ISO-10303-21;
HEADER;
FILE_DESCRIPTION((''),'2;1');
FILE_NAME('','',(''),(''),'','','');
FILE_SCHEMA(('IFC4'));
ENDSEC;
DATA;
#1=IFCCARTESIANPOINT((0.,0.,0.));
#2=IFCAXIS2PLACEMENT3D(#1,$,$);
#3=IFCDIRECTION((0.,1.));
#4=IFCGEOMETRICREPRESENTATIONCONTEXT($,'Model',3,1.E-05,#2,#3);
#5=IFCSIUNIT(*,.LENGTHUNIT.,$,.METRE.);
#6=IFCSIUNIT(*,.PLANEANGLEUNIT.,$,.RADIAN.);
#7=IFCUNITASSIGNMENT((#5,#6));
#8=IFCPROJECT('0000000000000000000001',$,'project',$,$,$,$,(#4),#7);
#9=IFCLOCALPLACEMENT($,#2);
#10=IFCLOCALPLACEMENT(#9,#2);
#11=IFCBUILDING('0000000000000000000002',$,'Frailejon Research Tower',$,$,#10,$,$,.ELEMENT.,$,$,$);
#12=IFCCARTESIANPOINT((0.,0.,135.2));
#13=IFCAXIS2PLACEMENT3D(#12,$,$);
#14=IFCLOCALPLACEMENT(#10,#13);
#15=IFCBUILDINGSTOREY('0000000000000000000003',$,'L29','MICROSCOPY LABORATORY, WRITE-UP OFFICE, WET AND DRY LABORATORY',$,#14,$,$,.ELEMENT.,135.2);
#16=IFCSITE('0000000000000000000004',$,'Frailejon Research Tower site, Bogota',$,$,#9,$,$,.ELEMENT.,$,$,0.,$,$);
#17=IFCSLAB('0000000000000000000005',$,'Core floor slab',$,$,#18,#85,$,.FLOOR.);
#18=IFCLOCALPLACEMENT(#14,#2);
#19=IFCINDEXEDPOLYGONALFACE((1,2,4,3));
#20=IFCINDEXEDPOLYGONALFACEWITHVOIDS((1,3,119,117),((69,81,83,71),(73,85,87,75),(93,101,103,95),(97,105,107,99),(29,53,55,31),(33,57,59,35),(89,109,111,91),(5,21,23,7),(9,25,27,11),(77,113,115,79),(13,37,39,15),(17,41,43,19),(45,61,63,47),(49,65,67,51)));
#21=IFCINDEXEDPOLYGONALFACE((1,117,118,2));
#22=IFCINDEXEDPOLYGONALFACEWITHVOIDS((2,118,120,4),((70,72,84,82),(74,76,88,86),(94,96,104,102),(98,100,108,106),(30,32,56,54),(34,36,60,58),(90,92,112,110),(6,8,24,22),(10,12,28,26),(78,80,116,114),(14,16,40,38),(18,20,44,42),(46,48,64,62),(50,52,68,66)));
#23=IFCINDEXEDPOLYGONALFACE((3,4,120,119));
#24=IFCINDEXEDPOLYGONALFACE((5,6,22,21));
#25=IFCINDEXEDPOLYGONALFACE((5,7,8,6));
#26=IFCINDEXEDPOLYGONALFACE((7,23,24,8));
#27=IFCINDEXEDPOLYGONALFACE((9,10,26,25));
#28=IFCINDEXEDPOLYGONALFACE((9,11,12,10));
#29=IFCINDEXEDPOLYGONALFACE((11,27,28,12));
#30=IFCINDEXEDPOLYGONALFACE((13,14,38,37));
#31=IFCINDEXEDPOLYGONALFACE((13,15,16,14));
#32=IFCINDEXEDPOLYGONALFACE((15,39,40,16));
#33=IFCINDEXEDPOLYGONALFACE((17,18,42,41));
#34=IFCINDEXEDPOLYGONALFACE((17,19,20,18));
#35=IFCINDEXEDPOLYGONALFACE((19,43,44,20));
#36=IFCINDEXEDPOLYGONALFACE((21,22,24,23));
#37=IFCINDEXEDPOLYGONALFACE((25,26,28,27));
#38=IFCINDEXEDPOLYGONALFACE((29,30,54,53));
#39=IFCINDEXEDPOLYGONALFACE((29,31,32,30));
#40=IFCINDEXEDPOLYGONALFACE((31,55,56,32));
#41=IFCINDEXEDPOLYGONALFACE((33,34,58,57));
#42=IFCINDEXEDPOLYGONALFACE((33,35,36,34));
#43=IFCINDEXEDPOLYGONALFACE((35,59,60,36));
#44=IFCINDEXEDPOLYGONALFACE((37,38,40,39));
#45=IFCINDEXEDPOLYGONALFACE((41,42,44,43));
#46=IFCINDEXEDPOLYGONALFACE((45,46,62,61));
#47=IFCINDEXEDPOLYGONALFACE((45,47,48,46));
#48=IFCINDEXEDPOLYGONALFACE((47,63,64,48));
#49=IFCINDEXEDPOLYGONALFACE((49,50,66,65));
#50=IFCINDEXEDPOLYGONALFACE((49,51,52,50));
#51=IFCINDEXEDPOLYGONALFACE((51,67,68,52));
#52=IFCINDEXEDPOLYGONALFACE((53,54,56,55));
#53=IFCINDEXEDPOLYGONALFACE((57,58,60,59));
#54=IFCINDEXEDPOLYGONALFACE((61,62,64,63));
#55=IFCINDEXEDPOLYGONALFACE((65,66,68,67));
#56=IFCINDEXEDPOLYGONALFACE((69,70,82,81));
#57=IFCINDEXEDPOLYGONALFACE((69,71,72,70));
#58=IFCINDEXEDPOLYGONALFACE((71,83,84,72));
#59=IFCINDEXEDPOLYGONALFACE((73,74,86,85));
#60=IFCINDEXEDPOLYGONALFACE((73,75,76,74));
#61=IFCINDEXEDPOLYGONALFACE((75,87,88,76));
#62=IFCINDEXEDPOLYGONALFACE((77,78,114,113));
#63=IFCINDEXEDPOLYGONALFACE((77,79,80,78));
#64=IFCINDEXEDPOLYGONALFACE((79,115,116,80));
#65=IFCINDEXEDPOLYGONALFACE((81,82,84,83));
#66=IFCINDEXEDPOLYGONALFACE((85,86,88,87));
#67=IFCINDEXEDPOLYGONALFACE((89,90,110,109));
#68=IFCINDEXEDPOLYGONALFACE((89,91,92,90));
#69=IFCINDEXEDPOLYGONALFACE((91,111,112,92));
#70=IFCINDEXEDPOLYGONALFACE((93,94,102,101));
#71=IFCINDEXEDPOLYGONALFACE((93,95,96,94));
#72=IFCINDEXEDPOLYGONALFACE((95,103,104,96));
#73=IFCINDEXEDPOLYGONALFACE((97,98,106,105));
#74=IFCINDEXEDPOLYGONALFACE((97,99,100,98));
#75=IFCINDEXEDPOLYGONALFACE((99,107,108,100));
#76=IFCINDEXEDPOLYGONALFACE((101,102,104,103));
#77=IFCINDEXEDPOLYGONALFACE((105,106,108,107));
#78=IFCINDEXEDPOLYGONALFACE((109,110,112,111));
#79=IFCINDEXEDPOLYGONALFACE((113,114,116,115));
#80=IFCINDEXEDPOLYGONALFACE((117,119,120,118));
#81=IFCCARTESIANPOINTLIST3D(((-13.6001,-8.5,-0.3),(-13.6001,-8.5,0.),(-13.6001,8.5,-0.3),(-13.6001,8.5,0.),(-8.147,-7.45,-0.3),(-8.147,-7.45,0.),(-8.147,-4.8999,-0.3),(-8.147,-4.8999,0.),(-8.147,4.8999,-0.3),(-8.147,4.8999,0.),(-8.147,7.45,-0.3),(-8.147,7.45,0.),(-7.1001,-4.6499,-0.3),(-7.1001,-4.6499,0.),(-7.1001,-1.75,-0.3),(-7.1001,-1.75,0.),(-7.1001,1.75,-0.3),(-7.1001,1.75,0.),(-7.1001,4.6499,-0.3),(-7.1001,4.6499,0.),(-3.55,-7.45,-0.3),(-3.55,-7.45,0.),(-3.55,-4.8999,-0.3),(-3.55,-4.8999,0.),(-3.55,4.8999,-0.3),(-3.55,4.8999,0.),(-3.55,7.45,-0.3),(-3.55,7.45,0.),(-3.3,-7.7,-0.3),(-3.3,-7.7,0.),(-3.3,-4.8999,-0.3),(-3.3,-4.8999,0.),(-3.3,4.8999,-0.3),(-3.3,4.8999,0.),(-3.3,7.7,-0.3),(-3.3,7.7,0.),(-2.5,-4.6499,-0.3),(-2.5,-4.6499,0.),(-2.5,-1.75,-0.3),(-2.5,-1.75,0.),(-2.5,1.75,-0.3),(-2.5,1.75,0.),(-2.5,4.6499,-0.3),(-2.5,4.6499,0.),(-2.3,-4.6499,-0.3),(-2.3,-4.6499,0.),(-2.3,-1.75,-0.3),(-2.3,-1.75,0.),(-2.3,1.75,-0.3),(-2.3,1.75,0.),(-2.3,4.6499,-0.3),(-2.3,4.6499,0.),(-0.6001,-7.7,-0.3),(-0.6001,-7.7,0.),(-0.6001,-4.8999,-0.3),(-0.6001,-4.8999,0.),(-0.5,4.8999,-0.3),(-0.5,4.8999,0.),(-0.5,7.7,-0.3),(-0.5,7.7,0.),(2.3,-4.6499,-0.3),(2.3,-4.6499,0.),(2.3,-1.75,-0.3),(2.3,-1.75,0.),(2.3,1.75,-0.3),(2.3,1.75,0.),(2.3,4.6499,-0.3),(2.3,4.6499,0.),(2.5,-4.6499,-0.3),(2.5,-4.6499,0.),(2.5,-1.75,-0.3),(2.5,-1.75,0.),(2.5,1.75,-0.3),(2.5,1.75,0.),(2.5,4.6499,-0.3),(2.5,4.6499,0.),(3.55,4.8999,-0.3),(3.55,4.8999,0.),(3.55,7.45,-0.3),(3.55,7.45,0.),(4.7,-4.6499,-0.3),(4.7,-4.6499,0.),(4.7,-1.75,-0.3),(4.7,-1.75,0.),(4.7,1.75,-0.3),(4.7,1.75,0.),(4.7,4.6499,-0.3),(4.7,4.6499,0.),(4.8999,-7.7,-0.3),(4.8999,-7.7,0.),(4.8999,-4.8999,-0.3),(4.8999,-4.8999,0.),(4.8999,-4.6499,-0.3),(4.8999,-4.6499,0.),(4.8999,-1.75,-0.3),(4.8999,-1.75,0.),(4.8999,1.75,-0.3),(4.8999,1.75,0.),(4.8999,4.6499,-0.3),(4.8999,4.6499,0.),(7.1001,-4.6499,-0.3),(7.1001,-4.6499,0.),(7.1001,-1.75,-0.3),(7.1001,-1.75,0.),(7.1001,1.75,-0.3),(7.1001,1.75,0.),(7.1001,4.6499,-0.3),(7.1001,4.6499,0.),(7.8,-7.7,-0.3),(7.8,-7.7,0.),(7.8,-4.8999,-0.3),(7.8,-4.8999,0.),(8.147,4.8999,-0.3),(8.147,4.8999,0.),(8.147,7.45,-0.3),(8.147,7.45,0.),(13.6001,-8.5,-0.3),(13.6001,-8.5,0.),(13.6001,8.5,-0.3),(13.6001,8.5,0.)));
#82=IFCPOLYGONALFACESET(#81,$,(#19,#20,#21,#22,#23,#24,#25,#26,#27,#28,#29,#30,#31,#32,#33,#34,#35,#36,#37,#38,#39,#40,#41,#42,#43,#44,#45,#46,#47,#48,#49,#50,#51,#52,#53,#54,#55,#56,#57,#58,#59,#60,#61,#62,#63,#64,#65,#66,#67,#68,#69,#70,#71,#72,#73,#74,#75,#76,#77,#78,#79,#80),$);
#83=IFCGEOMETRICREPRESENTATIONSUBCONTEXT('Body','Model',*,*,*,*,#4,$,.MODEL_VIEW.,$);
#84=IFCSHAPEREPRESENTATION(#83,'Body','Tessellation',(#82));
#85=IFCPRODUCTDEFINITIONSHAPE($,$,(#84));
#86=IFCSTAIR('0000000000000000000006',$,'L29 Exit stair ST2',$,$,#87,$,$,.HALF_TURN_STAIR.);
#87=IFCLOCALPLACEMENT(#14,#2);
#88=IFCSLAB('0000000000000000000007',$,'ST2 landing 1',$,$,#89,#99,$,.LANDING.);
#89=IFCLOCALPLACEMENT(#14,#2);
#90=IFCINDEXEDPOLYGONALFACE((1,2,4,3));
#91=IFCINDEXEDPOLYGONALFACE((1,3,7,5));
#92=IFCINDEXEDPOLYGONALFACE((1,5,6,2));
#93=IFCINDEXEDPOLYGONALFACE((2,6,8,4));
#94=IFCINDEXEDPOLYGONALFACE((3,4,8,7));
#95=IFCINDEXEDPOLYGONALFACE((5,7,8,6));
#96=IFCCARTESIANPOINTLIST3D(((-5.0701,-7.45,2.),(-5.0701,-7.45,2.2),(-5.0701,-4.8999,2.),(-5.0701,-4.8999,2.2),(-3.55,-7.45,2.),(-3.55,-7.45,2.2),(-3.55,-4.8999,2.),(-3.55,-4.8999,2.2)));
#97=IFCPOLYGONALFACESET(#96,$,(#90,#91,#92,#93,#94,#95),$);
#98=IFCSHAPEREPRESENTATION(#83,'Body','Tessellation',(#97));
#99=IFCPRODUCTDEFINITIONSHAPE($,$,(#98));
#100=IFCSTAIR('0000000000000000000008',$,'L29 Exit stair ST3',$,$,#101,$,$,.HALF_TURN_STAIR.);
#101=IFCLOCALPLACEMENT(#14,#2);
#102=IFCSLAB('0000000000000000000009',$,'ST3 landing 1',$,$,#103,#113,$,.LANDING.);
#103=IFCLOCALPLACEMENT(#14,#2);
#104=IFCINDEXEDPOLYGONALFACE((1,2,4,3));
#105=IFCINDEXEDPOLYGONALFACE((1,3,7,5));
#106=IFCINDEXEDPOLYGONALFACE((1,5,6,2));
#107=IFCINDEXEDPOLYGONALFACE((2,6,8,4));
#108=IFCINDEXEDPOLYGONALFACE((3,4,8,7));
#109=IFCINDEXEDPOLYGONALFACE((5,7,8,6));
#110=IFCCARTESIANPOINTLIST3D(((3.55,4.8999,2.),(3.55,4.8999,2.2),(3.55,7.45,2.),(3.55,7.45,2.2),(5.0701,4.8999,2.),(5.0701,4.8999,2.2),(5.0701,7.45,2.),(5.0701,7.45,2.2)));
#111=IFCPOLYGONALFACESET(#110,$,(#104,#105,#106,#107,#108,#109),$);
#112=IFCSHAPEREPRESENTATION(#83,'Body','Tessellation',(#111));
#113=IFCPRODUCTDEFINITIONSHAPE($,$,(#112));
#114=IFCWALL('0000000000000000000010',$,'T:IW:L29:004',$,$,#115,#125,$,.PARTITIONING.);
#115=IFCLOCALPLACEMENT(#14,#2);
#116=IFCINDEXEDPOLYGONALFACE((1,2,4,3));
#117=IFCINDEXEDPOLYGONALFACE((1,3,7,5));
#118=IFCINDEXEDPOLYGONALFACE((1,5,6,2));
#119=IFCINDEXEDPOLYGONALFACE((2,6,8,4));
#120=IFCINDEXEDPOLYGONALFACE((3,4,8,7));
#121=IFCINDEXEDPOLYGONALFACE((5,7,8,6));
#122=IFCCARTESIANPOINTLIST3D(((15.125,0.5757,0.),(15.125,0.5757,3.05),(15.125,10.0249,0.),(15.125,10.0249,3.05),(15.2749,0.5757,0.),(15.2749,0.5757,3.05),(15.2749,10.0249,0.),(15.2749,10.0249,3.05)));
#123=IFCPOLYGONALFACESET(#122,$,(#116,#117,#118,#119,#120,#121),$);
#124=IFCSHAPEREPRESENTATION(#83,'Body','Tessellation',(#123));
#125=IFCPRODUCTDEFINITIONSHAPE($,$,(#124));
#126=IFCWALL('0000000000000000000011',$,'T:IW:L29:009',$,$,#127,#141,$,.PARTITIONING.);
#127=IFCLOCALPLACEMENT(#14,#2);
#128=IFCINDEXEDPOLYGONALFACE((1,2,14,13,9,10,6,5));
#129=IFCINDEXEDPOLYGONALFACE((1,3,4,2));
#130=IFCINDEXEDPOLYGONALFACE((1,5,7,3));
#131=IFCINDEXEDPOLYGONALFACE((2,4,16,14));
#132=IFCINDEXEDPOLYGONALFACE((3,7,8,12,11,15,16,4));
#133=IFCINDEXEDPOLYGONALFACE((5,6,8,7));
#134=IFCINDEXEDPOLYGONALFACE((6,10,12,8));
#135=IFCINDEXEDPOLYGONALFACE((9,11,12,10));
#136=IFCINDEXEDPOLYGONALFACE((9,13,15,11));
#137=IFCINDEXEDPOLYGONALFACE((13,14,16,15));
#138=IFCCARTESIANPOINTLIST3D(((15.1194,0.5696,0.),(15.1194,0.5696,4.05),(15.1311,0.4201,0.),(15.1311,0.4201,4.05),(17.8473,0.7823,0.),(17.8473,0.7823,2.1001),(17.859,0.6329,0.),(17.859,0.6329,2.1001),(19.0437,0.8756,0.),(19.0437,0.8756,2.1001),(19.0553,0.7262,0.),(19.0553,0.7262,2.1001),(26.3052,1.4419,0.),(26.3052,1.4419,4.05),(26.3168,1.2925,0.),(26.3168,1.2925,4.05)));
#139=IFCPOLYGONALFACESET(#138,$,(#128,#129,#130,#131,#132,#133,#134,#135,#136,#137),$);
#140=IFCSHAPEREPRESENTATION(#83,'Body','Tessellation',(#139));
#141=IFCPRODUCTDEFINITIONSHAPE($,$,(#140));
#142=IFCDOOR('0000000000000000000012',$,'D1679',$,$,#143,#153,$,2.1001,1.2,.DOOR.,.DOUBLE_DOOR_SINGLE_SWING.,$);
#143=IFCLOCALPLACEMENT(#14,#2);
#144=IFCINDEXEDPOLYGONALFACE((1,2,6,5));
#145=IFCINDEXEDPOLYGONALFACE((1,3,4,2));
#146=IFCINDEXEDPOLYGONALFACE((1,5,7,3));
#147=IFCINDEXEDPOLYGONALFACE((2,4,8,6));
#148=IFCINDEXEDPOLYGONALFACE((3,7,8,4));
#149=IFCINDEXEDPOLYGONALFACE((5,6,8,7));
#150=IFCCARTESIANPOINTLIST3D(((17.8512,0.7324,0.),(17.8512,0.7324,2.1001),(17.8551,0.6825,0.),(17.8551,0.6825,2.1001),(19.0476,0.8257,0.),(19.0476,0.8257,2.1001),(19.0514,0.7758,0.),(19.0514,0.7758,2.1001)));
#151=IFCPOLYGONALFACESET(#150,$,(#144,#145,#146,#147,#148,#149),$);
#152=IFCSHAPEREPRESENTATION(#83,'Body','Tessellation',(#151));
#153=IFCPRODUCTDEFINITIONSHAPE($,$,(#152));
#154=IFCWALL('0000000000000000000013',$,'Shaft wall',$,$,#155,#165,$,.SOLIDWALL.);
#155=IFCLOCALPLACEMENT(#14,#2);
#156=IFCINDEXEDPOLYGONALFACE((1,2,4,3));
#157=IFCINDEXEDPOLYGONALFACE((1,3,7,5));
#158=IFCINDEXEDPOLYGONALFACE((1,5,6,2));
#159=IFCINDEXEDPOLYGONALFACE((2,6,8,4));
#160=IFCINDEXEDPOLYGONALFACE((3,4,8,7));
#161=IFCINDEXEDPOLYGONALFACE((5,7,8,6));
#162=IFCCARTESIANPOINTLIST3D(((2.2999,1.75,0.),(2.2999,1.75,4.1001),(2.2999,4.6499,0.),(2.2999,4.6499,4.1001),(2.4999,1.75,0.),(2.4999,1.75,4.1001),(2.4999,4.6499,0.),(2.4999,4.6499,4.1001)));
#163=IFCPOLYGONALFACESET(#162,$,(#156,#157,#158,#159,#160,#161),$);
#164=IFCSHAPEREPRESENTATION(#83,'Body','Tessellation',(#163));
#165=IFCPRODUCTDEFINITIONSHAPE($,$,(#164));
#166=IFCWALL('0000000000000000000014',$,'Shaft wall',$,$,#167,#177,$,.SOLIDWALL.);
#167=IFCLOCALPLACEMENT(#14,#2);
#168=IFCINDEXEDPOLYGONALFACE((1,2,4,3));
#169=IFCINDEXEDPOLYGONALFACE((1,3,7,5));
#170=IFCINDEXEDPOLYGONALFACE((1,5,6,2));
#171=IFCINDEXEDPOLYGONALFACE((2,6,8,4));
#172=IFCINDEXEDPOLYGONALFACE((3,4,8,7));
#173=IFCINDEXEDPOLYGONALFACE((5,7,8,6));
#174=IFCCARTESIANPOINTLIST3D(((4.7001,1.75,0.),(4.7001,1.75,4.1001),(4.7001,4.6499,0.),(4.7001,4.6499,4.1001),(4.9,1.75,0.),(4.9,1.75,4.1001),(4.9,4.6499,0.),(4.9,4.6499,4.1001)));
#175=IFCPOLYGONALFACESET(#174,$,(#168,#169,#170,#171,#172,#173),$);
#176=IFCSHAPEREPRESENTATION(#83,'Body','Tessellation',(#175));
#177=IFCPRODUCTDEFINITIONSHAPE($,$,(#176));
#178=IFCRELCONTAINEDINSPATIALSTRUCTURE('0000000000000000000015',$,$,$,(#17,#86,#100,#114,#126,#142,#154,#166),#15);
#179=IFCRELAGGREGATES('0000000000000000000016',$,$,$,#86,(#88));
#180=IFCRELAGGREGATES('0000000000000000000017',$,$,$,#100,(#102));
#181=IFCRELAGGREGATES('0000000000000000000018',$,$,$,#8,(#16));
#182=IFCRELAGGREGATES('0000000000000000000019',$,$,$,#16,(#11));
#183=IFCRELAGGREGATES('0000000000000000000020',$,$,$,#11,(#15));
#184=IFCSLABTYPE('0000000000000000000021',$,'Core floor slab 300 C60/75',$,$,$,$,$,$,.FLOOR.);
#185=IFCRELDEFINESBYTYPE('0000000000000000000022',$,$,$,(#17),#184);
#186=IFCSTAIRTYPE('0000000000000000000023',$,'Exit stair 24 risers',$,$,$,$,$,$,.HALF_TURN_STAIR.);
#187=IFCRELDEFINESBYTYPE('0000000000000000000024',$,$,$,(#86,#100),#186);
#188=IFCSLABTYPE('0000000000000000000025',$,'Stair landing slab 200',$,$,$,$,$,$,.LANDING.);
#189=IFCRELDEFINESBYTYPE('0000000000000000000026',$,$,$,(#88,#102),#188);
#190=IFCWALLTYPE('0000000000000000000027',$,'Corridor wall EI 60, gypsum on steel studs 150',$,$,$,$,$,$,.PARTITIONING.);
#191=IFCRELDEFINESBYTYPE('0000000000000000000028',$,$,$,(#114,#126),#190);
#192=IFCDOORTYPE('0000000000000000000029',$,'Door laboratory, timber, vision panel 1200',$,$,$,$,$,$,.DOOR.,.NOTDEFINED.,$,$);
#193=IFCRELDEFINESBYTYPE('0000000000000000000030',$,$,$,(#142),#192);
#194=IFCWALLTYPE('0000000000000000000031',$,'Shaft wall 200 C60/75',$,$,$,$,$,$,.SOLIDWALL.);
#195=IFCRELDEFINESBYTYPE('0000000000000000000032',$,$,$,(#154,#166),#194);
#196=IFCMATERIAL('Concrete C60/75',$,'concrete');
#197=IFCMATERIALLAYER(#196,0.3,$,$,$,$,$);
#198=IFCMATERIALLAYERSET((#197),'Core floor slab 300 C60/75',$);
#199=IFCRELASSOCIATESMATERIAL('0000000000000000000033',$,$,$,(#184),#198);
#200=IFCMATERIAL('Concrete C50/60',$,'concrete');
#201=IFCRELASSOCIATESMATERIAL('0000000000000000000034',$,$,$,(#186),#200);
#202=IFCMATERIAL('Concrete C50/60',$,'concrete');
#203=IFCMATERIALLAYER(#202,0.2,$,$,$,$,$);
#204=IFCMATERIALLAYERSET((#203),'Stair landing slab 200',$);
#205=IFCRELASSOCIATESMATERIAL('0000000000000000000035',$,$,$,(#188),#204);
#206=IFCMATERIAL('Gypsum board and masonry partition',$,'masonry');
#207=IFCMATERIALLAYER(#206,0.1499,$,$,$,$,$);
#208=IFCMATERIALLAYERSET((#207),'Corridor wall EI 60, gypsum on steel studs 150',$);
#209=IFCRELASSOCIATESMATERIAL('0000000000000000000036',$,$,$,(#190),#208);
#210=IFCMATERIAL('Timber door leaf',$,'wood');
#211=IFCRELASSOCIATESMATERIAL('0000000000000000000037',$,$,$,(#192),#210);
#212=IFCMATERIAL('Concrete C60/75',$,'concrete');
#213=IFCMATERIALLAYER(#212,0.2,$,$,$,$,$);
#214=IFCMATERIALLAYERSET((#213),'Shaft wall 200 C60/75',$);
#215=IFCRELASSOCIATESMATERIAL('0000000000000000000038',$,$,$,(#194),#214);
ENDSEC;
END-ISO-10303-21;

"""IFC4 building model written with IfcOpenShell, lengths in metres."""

from ifc_helpers import new_model, si_unit, direction, frame, frame_2d, origin, place, context, subcontext, project, spatial, polyline, rectangle, outline, extrude, material, layer, layer_set, type_object, element, fill, aggregate, save


model = new_model("IFC4")

# Units and contexts
model_context = context("Model", 3, precision=1e-05, world=origin(), true_north=direction((0.0, 1.0)))
body_context = subcontext(model_context, "Body", "Model", "MODEL_VIEW")
ifc_project = project(units=[si_unit("LENGTHUNIT", "METRE"), si_unit("PLANEANGLEUNIT", "RADIAN")], contexts=[model_context])

# Site, building, storey
site_placement = place(None, origin())
site = spatial("IfcSite", under=ifc_project, at=site_placement, Name="Frailejon Research Tower site, Bogota", CompositionType="ELEMENT", RefElevation=0.0)
building_placement = place(site_placement, origin())
building = spatial("IfcBuilding", under=site, at=building_placement, Name="Frailejon Research Tower", CompositionType="ELEMENT")
storey_placement = place(building_placement, frame((0.0, 0.0, 135.2)))
storey = spatial("IfcBuildingStorey", under=building, at=storey_placement, Name="L29", Description="MICROSCOPY LABORATORY, WRITE-UP OFFICE, WET AND DRY LABORATORY", CompositionType="ELEMENT", Elevation=135.2)

# Slab
ifc_material_1 = material(Name="Concrete C60/75", Category="concrete")
ifc_layer_1 = layer(ifc_material_1, 0.3)
ifc_layer_set_1 = layer_set([ifc_layer_1], Name="Core floor slab 300 C60/75")
slab_type_1 = type_object("IfcSlabType", Name="Core floor slab 300 C60/75", PredefinedType="FLOOR", material=ifc_layer_set_1)
slab_1_placement = place(storey_placement, frame((0.0, 0.0, -0.3)))
element("IfcSlab", 1, at=slab_1_placement, inside=storey, type_object=slab_type_1, Name="Core floor slab", PredefinedType="FLOOR", context=body_context, shape_type="SweptSolid", body=[
    extrude(outline(polyline([(13.6001, -8.5), (13.6001, 8.5), (-13.6001, 8.5), (-13.6001, -8.5), (13.6001, -8.5)]), holes=[polyline([(-2.5, 1.75), (-2.5, 4.6499), (-7.1001, 4.6499), (-7.1001, 1.75), (-2.5, 1.75)]), polyline([(2.3, 1.75), (2.3, 4.6499), (-2.3, 4.6499), (-2.3, 1.75), (2.3, 1.75)]), polyline([(4.7, 1.75), (4.7, 4.6499), (2.5, 4.6499), (2.5, 1.75), (4.7, 1.75)]), polyline([(7.1001, 1.75), (7.1001, 4.6499), (4.8999, 4.6499), (4.8999, 1.75), (7.1001, 1.75)]), polyline([(-2.5, -4.6499), (-2.5, -1.75), (-7.1001, -1.75), (-7.1001, -4.6499), (-2.5, -4.6499)]), polyline([(2.3, -4.6499), (2.3, -1.75), (-2.3, -1.75), (-2.3, -4.6499), (2.3, -4.6499)]), polyline([(4.7, -4.6499), (4.7, -1.75), (2.5, -1.75), (2.5, -4.6499), (4.7, -4.6499)]), polyline([(7.1001, -4.6499), (7.1001, -1.75), (4.8999, -1.75), (4.8999, -4.6499), (7.1001, -4.6499)]), polyline([(-8.147, 4.8999), (-3.55, 4.8999), (-3.55, 7.45), (-8.147, 7.45), (-8.147, 4.8999)]), polyline([(-8.147, -7.45), (-3.55, -7.45), (-3.55, -4.8999), (-8.147, -4.8999), (-8.147, -7.45)]), polyline([(8.147, 7.45), (3.55, 7.45), (3.55, 4.8999), (8.147, 4.8999), (8.147, 7.45)]), polyline([(-0.6001, -7.7), (-0.6001, -4.8999), (-3.3, -4.8999), (-3.3, -7.7), (-0.6001, -7.7)]), polyline([(7.8, -7.7), (7.8, -4.8999), (4.8999, -4.8999), (4.8999, -7.7), (7.8, -7.7)]), polyline([(-0.5, 4.8999), (-0.5, 7.7), (-3.3, 7.7), (-3.3, 4.8999), (-0.5, 4.8999)])]), origin(), (0.0, 0.0, 1.0), 0.3),
])

# Stairs, slabs
ifc_material_2 = material(Name="Concrete C50/60", Category="concrete")
stair_type = type_object("IfcStairType", Name="Exit stair 24 risers", PredefinedType="HALF_TURN_STAIR", material=ifc_material_2)
stair_1_placement = place(storey_placement, origin())
stair_1 = element("IfcStair", 2, at=stair_1_placement, inside=storey, type_object=stair_type, Name="L29 Exit stair ST2", PredefinedType="HALF_TURN_STAIR")
ifc_material_3 = material(Name="Concrete C50/60", Category="concrete")
ifc_layer_2 = layer(ifc_material_3, 0.2)
ifc_layer_set_2 = layer_set([ifc_layer_2], Name="Stair landing slab 200")
slab_type_2 = type_object("IfcSlabType", Name="Stair landing slab 200", PredefinedType="LANDING", material=ifc_layer_set_2)
slab_2_placement = place(storey_placement, frame((0.0, 0.0, 2.0)))
slab_2 = element("IfcSlab", 3, at=slab_2_placement, type_object=slab_type_2, Name="ST2 landing 1", PredefinedType="LANDING", context=body_context, shape_type="SweptSolid", body=[
    extrude(outline(polyline([(-5.0701, -7.45), (-3.55, -7.45), (-3.55, -4.8999), (-5.0701, -4.8999), (-5.0701, -7.45)])), origin(), (0.0, 0.0, 1.0), 0.2),
])
aggregate(stair_1, [slab_2])
stair_2_placement = place(storey_placement, origin())
stair_2 = element("IfcStair", 4, at=stair_2_placement, inside=storey, type_object=stair_type, Name="L29 Exit stair ST3", PredefinedType="HALF_TURN_STAIR")
slab_3_placement = place(storey_placement, frame((0.0, 0.0, 2.0)))
slab_3 = element("IfcSlab", 5, at=slab_3_placement, type_object=slab_type_2, Name="ST3 landing 1", PredefinedType="LANDING", context=body_context, shape_type="SweptSolid", body=[
    extrude(outline(polyline([(5.0701, 7.45), (3.55, 7.45), (3.55, 4.8999), (5.0701, 4.8999), (5.0701, 7.45)])), origin(), (0.0, 0.0, 1.0), 0.2),
])

# Wall
ifc_material_4 = material(Name="Gypsum board and masonry partition", Category="masonry")
ifc_layer_3 = layer(ifc_material_4, 0.1499)
ifc_layer_set_3 = layer_set([ifc_layer_3], Name="Corridor wall EI 60, gypsum on steel studs 150")
wall_type_1 = type_object("IfcWallType", Name="Corridor wall EI 60, gypsum on steel studs 150", PredefinedType="PARTITIONING", material=ifc_layer_set_3)
wall_1_placement = place(storey_placement, frame((15.2, 0.5757, 0.0), z_axis=(0.0, 0.0, 1.0), x_axis=(0.0, 1.0, 0.0)))
element("IfcWall", 6, at=wall_1_placement, inside=storey, type_object=wall_type_1, Name="T:IW:L29:004", PredefinedType="PARTITIONING", context=body_context, shape_type="SweptSolid", body=[
    extrude(rectangle(XDim=9.4492, YDim=0.1499, at=frame_2d((4.7246, 0.0))), origin(), (0.0, 0.0, 1.0), 3.05),
])

# Wall, opening, door
wall_2_placement = place(storey_placement, frame((15.1252, 0.4949, 0.0), z_axis=(0.0, 0.0, 1.0), x_axis=(0.996973, 0.077748, 0.0)))
wall_2 = element("IfcWall", 7, at=wall_2_placement, inside=storey, type_object=wall_type_1, Name="T:IW:L29:009", PredefinedType="PARTITIONING", context=body_context, shape_type="SweptSolid", body=[
    extrude(rectangle(XDim=11.2197, YDim=0.1499, at=frame_2d((5.6099, 0.0))), origin(), (0.0, 0.0, 1.0), 4.05),
])
opening_1_placement = place(wall_2_placement, frame((2.7361, 0.0, 0.0)))
opening_1 = element("IfcOpeningElement", 8, at=opening_1_placement, cuts=wall_2, PredefinedType="OPENING", context=body_context, shape_type="SweptSolid", body=[
    extrude(rectangle(XDim=1.2, YDim=2.1001, at=frame_2d((0.6001, 1.05))), frame((0.0, 0.085, 0.0), z_axis=(0.0, -1.0, 0.0), x_axis=(1.0, 0.0, 0.0)), (0.0, 0.0, 1.0), 0.1699),
])
ifc_material_5 = material(Name="Timber door leaf", Category="wood")
door_type_1 = type_object("IfcDoorType", Name="Door laboratory, timber, vision panel 1200", OperationType="NOTDEFINED", PredefinedType="DOOR", material=ifc_material_5)
door_1_placement = place(opening_1_placement, origin())
door_1 = element("IfcDoor", 9, at=door_1_placement, inside=storey, type_object=door_type_1, Name="D1679", OperationType="DOUBLE_DOOR_SINGLE_SWING", OverallHeight=2.1001, OverallWidth=1.2, PredefinedType="DOOR", context=body_context, shape_type="SweptSolid", body=[
    extrude(rectangle(XDim=1.2, YDim=2.1001, at=frame_2d((0.6001, 1.05))), frame((0.0, 0.0249, 0.0), z_axis=(0.0, -1.0, 0.0), x_axis=(1.0, 0.0, 0.0)), (0.0, 0.0, 1.0), 0.05),
])
fill(opening_1, door_1)

# Walls
ifc_material_6 = material(Name="Concrete C60/75", Category="concrete")
ifc_layer_4 = layer(ifc_material_6, 0.2)
ifc_layer_set_4 = layer_set([ifc_layer_4], Name="Shaft wall 200 C60/75")
wall_type_2 = type_object("IfcWallType", Name="Shaft wall 200 C60/75", PredefinedType="SOLIDWALL", material=ifc_layer_set_4)
for number, where, z_axis, x_axis, name in (
    (10, (2.3999, 1.75, 0.0), (0.0, 0.0, 1.0), (0.0, 1.0, 0.0), "Shaft wall"),
    (11, (4.8, 1.75, 0.0), (0.0, 0.0, 1.0), (0.0, 1.0, 0.0), "Shaft wall"),
):
    element("IfcWall", number, at=place(storey_placement, frame(where, z_axis=z_axis, x_axis=x_axis)), inside=storey, type_object=wall_type_2, Name=name, PredefinedType="SOLIDWALL", context=body_context, shape_type="SweptSolid", body=[
        extrude(rectangle(XDim=2.8999, YDim=0.2, at=frame_2d((1.45, 0.0))), origin(), (0.0, 0.0, 1.0), 4.1001),
    ])

aggregate(stair_2, [slab_3])

save(model, "model.ifc")
